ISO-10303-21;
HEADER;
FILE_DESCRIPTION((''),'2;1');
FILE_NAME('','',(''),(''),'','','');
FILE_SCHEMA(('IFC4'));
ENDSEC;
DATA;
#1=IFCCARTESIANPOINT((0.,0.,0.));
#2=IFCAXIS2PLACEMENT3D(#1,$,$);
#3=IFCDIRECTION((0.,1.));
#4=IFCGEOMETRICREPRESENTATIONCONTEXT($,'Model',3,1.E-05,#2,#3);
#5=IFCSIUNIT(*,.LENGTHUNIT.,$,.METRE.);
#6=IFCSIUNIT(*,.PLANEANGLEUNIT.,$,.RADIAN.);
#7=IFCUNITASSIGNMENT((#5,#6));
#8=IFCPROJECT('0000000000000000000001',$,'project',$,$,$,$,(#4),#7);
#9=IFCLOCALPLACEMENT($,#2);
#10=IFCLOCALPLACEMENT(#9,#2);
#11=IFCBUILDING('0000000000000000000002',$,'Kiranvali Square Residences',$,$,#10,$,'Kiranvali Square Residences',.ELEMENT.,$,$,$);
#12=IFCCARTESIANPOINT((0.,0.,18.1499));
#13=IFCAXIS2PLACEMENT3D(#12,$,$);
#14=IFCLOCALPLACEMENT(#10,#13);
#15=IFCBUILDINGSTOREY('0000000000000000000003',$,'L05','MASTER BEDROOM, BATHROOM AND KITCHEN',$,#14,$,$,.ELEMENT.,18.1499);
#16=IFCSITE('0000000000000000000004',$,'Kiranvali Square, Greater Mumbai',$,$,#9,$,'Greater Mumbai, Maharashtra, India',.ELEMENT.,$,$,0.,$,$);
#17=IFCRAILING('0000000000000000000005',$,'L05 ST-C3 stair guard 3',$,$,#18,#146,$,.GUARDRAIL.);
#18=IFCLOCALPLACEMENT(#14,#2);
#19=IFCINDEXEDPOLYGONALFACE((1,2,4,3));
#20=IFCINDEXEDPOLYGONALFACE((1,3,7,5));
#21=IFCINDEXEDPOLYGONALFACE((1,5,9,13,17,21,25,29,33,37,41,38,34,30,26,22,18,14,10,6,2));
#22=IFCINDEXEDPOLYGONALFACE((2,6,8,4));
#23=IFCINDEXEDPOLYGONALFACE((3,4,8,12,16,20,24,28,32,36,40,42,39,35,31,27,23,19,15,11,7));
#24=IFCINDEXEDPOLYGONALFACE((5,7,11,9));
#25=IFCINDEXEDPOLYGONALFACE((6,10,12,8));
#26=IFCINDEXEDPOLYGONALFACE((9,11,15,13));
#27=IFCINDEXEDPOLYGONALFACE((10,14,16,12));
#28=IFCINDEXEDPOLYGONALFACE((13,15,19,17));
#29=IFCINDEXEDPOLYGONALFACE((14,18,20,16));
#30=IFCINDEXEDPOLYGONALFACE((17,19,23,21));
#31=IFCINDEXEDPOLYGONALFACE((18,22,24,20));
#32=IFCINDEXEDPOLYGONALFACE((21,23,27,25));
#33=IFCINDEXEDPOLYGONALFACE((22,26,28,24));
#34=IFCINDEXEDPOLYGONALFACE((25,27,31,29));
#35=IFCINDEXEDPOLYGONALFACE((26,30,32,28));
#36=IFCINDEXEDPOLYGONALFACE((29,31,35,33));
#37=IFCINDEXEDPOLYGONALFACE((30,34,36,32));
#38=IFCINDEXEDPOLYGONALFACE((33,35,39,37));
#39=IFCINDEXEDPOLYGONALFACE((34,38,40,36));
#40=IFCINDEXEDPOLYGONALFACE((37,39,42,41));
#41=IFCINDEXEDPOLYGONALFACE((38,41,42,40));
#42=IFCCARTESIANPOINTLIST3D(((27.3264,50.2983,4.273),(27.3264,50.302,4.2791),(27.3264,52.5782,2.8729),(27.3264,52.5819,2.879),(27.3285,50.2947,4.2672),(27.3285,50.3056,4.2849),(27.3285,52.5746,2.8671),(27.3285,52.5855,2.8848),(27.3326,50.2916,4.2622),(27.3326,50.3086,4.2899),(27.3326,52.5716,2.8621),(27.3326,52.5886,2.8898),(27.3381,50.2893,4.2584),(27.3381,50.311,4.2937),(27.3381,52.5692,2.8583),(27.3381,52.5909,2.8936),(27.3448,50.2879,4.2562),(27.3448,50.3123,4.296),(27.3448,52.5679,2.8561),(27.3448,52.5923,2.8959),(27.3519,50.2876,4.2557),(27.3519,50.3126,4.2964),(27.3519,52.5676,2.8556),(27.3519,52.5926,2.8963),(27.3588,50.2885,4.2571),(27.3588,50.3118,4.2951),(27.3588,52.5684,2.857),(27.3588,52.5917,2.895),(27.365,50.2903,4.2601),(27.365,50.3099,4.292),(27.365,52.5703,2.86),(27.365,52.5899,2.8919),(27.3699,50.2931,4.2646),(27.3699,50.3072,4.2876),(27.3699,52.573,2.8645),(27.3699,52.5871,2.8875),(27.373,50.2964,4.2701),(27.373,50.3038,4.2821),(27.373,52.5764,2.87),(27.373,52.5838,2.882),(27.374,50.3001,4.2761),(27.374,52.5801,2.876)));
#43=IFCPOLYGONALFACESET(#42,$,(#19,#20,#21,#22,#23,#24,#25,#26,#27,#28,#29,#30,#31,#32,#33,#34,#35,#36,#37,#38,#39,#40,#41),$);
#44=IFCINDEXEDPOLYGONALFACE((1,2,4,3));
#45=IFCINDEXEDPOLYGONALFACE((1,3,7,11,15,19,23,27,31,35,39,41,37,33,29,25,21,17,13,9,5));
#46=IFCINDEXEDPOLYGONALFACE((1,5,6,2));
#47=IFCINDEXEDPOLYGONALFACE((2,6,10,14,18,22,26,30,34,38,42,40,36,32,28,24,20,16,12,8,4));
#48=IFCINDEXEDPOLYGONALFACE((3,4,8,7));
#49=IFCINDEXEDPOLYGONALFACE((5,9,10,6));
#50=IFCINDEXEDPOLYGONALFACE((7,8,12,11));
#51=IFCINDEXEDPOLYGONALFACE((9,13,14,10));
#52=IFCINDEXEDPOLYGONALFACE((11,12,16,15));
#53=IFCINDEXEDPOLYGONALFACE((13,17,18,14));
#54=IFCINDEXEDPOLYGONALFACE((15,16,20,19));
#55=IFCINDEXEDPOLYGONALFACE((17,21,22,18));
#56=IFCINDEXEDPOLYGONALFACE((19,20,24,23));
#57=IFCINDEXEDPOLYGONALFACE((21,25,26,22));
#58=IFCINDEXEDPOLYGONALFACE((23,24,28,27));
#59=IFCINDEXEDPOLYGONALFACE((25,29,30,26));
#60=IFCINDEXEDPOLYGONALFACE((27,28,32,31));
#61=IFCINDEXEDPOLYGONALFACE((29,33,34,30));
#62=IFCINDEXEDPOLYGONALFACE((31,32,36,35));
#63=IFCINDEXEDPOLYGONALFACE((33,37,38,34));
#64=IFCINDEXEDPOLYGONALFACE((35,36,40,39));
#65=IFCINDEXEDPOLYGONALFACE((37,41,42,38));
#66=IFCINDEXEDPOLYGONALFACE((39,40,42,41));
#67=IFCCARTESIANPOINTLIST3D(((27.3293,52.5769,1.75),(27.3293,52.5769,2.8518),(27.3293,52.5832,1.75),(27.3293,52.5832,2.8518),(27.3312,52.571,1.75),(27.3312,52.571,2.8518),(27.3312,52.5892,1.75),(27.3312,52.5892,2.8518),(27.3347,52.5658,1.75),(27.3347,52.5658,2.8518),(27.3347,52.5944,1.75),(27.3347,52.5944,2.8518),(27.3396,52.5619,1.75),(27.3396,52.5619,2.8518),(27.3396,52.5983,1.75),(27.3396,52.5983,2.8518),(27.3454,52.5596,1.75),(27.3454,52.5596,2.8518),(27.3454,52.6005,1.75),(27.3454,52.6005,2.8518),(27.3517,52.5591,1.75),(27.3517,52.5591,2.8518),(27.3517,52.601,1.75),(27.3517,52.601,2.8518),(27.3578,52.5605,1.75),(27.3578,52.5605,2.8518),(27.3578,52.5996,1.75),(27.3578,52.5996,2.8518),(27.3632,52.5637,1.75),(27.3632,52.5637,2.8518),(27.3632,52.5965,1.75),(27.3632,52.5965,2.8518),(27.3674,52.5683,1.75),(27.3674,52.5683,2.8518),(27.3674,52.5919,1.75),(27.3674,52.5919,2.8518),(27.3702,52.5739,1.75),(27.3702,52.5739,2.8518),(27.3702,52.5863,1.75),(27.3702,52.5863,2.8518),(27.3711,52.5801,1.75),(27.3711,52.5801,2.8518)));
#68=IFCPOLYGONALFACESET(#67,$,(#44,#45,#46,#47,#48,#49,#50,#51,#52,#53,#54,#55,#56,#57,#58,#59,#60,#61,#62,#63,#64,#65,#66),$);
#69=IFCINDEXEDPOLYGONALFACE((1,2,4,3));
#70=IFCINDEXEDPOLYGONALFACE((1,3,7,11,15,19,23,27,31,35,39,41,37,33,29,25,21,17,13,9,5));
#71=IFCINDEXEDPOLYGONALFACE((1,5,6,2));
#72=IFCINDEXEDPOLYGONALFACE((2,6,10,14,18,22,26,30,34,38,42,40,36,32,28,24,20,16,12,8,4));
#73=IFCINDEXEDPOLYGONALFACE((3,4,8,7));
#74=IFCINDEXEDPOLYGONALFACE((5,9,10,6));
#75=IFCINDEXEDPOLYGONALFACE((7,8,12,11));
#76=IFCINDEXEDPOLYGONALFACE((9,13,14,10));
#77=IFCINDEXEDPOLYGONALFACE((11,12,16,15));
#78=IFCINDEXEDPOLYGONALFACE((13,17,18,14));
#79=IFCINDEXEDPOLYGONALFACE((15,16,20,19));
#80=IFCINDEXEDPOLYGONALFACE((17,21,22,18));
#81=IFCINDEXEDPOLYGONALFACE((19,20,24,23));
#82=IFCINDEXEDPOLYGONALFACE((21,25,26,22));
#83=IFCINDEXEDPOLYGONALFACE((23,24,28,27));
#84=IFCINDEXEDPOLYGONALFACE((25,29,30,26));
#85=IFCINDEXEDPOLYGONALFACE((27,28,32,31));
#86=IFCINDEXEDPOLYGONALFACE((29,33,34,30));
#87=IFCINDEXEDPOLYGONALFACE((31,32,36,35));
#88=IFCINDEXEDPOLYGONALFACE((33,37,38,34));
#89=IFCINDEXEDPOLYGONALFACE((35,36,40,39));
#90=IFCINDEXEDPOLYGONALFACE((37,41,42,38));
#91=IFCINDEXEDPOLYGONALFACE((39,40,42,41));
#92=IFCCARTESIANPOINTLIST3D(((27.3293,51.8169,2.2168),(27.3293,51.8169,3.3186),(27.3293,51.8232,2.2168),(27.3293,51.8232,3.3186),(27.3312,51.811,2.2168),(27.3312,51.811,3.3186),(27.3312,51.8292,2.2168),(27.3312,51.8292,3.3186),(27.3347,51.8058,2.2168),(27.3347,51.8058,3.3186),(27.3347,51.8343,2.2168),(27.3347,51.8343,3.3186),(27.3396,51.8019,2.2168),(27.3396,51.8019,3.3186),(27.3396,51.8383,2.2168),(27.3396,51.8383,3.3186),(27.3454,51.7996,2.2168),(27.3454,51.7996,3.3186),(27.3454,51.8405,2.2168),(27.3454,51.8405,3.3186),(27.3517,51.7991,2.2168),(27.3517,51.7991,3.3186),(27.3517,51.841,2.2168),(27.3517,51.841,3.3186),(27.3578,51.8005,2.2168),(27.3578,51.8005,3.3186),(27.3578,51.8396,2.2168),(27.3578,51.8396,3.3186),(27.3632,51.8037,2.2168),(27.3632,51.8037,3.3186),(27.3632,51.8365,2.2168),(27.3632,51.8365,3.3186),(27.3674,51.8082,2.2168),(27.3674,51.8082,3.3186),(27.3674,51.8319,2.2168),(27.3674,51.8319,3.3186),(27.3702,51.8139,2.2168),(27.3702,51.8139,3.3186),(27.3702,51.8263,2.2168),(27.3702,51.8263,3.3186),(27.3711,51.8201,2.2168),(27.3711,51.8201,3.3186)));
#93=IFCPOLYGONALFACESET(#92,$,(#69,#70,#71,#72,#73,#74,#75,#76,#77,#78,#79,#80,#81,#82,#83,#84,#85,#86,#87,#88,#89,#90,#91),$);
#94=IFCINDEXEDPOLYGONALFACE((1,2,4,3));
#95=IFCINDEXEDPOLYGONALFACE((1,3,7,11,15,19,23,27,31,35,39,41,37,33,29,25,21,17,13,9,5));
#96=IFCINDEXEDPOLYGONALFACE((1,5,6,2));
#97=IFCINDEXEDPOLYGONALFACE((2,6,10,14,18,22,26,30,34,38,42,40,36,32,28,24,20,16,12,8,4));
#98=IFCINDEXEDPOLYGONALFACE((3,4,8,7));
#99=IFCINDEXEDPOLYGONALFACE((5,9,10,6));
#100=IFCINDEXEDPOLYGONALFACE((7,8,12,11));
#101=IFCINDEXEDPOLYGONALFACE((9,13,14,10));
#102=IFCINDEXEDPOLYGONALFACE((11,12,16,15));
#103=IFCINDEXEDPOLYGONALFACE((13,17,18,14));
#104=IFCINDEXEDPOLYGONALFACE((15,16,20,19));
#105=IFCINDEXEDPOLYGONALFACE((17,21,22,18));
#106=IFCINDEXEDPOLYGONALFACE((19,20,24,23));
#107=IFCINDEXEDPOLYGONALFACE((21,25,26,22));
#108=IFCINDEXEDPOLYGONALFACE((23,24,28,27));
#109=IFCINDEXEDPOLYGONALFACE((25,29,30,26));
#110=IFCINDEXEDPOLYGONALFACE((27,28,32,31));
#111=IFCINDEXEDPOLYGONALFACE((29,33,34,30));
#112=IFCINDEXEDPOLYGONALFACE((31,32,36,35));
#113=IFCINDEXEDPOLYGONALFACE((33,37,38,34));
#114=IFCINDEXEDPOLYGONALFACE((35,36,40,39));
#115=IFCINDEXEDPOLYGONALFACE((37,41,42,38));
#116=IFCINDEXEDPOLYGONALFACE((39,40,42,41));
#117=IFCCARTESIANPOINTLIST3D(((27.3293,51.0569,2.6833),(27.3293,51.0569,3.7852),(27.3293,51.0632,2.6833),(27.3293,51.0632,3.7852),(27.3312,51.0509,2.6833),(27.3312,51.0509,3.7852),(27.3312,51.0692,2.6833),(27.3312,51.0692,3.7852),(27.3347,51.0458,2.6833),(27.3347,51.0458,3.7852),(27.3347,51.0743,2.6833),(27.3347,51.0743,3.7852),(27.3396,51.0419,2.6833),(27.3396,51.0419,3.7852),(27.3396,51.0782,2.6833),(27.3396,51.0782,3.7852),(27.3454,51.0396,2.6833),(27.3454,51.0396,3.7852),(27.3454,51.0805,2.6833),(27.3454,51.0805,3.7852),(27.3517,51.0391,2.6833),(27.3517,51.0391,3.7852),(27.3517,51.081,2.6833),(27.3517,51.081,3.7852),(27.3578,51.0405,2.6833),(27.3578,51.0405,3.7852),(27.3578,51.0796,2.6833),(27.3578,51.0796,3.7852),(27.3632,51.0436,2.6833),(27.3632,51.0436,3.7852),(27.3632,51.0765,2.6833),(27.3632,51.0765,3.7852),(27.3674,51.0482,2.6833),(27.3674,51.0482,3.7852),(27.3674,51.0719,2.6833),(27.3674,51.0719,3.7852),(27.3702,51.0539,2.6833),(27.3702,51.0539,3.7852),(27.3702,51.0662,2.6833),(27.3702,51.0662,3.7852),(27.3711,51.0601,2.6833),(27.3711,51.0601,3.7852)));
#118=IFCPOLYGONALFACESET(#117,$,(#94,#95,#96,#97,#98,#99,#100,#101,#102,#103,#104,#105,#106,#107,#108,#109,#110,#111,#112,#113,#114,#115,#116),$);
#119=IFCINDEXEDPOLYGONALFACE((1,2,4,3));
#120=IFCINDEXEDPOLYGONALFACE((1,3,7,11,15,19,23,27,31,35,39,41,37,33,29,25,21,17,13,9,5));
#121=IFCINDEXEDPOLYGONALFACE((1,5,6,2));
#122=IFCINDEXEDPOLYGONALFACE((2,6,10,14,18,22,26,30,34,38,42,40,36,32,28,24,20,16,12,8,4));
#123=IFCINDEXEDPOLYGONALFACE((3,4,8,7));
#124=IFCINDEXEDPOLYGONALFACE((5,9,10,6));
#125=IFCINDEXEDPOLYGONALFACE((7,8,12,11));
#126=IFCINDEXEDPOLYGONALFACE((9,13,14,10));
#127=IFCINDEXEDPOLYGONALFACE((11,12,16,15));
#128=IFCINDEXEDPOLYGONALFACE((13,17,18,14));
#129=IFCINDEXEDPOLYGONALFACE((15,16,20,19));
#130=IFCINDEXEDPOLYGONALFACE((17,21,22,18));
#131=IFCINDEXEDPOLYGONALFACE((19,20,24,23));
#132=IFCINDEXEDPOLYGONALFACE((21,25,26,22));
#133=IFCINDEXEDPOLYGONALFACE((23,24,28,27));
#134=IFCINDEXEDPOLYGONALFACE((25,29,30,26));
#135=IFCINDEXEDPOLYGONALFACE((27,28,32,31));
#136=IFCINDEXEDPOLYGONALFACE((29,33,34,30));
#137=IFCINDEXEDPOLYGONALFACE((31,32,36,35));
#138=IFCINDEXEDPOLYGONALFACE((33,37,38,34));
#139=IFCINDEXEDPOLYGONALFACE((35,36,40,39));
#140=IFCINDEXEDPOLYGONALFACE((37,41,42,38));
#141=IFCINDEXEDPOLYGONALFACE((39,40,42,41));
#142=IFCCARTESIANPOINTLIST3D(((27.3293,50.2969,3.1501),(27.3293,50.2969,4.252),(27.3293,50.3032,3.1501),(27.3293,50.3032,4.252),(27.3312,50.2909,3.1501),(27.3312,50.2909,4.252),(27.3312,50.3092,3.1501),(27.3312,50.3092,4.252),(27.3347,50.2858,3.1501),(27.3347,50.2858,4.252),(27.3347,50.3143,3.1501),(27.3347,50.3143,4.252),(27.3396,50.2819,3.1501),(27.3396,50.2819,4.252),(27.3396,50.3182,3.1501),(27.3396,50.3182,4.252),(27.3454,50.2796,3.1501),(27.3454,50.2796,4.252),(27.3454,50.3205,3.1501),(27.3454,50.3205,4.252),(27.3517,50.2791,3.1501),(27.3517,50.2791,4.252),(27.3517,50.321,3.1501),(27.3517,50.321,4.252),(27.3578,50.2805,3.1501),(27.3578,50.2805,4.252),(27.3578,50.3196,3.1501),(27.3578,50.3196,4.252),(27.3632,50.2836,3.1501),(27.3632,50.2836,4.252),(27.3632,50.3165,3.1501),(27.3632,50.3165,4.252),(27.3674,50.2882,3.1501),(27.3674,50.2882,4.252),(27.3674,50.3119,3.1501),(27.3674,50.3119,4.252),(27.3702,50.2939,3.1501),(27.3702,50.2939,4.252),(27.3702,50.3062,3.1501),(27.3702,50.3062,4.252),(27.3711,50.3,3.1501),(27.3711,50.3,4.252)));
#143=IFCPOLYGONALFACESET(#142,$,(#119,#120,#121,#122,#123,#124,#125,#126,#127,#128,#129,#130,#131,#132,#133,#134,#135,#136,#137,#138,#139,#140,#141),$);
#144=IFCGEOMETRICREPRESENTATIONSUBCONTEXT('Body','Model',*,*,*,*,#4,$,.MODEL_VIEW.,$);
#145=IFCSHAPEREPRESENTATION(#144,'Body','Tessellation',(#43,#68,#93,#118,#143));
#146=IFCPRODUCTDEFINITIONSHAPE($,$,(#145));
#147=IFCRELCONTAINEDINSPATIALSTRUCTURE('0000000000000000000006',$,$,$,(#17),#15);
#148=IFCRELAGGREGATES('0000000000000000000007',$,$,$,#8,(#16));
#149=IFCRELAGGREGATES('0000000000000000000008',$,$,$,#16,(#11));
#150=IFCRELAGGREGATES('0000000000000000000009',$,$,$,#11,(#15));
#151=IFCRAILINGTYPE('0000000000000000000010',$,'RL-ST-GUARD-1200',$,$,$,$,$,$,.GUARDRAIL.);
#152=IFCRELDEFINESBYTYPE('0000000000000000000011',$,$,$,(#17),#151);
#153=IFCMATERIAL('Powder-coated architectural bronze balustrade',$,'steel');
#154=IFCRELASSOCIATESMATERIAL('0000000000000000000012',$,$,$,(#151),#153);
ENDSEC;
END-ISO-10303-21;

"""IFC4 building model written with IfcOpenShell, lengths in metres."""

from ifc_helpers import new_model, si_unit, direction, frame, origin, origin_2d, place, context, subcontext, project, spatial, circle, extrude, material, type_object, element, save


model = new_model("IFC4")

# Units and contexts
model_context = context("Model", 3, precision=1e-05, world=origin(), true_north=direction((0.0, 1.0)))
body_context = subcontext(model_context, "Body", "Model", "MODEL_VIEW")
ifc_project = project(units=[si_unit("LENGTHUNIT", "METRE"), si_unit("PLANEANGLEUNIT", "RADIAN")], contexts=[model_context])

# Site, building, storey
site_placement = place(None, origin())
site = spatial("IfcSite", under=ifc_project, at=site_placement, Name="Kiranvali Square, Greater Mumbai", LongName="Greater Mumbai, Maharashtra, India", CompositionType="ELEMENT", RefElevation=0.0)
building_placement = place(site_placement, origin())
building = spatial("IfcBuilding", under=site, at=building_placement, Name="Kiranvali Square Residences", LongName="Kiranvali Square Residences", CompositionType="ELEMENT")
storey_placement = place(building_placement, frame((0.0, 0.0, 18.1499)))
storey = spatial("IfcBuildingStorey", under=building, at=storey_placement, Name="L05", Description="MASTER BEDROOM, BATHROOM AND KITCHEN", CompositionType="ELEMENT", Elevation=18.1499)

# Railing
ifc_material_1 = material(Name="Powder-coated architectural bronze balustrade", Category="steel")
railing_type_1 = type_object("IfcRailingType", Name="RL-ST-GUARD-1200", PredefinedType="GUARDRAIL", material=ifc_material_1)
railing_1_placement = place(storey_placement, frame((27.3501, 52.5801, 1.75)))
element("IfcRailing", 1, at=railing_1_placement, inside=storey, type_object=railing_type_1, Name="L05 ST-C3 stair guard 3", PredefinedType="GUARDRAIL", context=body_context, shape_type="SweptSolid", body=[
    extrude(circle(Radius=0.0239, at=origin_2d()), frame((0.0, 0.0, 1.126), z_axis=(0.0, -0.85215, 0.523298), x_axis=(1.0, 0.0, 0.0)), (0.0, 0.0, 1.0), 2.6755),
    extrude(circle(Radius=0.021, at=origin_2d()), origin(), (0.0, 0.0, 1.0), 1.1018),
    extrude(circle(Radius=0.021, at=origin_2d()), frame((0.0, -0.76, 0.4668)), (0.0, 0.0, 1.0), 1.1018),
    extrude(circle(Radius=0.021, at=origin_2d()), frame((0.0, -1.52, 0.9333)), (0.0, 0.0, 1.0), 1.1018),
    extrude(circle(Radius=0.021, at=origin_2d()), frame((0.0, -2.28, 1.4001)), (0.0, 0.0, 1.0), 1.1018),
])

save(model, "model.ifc")
